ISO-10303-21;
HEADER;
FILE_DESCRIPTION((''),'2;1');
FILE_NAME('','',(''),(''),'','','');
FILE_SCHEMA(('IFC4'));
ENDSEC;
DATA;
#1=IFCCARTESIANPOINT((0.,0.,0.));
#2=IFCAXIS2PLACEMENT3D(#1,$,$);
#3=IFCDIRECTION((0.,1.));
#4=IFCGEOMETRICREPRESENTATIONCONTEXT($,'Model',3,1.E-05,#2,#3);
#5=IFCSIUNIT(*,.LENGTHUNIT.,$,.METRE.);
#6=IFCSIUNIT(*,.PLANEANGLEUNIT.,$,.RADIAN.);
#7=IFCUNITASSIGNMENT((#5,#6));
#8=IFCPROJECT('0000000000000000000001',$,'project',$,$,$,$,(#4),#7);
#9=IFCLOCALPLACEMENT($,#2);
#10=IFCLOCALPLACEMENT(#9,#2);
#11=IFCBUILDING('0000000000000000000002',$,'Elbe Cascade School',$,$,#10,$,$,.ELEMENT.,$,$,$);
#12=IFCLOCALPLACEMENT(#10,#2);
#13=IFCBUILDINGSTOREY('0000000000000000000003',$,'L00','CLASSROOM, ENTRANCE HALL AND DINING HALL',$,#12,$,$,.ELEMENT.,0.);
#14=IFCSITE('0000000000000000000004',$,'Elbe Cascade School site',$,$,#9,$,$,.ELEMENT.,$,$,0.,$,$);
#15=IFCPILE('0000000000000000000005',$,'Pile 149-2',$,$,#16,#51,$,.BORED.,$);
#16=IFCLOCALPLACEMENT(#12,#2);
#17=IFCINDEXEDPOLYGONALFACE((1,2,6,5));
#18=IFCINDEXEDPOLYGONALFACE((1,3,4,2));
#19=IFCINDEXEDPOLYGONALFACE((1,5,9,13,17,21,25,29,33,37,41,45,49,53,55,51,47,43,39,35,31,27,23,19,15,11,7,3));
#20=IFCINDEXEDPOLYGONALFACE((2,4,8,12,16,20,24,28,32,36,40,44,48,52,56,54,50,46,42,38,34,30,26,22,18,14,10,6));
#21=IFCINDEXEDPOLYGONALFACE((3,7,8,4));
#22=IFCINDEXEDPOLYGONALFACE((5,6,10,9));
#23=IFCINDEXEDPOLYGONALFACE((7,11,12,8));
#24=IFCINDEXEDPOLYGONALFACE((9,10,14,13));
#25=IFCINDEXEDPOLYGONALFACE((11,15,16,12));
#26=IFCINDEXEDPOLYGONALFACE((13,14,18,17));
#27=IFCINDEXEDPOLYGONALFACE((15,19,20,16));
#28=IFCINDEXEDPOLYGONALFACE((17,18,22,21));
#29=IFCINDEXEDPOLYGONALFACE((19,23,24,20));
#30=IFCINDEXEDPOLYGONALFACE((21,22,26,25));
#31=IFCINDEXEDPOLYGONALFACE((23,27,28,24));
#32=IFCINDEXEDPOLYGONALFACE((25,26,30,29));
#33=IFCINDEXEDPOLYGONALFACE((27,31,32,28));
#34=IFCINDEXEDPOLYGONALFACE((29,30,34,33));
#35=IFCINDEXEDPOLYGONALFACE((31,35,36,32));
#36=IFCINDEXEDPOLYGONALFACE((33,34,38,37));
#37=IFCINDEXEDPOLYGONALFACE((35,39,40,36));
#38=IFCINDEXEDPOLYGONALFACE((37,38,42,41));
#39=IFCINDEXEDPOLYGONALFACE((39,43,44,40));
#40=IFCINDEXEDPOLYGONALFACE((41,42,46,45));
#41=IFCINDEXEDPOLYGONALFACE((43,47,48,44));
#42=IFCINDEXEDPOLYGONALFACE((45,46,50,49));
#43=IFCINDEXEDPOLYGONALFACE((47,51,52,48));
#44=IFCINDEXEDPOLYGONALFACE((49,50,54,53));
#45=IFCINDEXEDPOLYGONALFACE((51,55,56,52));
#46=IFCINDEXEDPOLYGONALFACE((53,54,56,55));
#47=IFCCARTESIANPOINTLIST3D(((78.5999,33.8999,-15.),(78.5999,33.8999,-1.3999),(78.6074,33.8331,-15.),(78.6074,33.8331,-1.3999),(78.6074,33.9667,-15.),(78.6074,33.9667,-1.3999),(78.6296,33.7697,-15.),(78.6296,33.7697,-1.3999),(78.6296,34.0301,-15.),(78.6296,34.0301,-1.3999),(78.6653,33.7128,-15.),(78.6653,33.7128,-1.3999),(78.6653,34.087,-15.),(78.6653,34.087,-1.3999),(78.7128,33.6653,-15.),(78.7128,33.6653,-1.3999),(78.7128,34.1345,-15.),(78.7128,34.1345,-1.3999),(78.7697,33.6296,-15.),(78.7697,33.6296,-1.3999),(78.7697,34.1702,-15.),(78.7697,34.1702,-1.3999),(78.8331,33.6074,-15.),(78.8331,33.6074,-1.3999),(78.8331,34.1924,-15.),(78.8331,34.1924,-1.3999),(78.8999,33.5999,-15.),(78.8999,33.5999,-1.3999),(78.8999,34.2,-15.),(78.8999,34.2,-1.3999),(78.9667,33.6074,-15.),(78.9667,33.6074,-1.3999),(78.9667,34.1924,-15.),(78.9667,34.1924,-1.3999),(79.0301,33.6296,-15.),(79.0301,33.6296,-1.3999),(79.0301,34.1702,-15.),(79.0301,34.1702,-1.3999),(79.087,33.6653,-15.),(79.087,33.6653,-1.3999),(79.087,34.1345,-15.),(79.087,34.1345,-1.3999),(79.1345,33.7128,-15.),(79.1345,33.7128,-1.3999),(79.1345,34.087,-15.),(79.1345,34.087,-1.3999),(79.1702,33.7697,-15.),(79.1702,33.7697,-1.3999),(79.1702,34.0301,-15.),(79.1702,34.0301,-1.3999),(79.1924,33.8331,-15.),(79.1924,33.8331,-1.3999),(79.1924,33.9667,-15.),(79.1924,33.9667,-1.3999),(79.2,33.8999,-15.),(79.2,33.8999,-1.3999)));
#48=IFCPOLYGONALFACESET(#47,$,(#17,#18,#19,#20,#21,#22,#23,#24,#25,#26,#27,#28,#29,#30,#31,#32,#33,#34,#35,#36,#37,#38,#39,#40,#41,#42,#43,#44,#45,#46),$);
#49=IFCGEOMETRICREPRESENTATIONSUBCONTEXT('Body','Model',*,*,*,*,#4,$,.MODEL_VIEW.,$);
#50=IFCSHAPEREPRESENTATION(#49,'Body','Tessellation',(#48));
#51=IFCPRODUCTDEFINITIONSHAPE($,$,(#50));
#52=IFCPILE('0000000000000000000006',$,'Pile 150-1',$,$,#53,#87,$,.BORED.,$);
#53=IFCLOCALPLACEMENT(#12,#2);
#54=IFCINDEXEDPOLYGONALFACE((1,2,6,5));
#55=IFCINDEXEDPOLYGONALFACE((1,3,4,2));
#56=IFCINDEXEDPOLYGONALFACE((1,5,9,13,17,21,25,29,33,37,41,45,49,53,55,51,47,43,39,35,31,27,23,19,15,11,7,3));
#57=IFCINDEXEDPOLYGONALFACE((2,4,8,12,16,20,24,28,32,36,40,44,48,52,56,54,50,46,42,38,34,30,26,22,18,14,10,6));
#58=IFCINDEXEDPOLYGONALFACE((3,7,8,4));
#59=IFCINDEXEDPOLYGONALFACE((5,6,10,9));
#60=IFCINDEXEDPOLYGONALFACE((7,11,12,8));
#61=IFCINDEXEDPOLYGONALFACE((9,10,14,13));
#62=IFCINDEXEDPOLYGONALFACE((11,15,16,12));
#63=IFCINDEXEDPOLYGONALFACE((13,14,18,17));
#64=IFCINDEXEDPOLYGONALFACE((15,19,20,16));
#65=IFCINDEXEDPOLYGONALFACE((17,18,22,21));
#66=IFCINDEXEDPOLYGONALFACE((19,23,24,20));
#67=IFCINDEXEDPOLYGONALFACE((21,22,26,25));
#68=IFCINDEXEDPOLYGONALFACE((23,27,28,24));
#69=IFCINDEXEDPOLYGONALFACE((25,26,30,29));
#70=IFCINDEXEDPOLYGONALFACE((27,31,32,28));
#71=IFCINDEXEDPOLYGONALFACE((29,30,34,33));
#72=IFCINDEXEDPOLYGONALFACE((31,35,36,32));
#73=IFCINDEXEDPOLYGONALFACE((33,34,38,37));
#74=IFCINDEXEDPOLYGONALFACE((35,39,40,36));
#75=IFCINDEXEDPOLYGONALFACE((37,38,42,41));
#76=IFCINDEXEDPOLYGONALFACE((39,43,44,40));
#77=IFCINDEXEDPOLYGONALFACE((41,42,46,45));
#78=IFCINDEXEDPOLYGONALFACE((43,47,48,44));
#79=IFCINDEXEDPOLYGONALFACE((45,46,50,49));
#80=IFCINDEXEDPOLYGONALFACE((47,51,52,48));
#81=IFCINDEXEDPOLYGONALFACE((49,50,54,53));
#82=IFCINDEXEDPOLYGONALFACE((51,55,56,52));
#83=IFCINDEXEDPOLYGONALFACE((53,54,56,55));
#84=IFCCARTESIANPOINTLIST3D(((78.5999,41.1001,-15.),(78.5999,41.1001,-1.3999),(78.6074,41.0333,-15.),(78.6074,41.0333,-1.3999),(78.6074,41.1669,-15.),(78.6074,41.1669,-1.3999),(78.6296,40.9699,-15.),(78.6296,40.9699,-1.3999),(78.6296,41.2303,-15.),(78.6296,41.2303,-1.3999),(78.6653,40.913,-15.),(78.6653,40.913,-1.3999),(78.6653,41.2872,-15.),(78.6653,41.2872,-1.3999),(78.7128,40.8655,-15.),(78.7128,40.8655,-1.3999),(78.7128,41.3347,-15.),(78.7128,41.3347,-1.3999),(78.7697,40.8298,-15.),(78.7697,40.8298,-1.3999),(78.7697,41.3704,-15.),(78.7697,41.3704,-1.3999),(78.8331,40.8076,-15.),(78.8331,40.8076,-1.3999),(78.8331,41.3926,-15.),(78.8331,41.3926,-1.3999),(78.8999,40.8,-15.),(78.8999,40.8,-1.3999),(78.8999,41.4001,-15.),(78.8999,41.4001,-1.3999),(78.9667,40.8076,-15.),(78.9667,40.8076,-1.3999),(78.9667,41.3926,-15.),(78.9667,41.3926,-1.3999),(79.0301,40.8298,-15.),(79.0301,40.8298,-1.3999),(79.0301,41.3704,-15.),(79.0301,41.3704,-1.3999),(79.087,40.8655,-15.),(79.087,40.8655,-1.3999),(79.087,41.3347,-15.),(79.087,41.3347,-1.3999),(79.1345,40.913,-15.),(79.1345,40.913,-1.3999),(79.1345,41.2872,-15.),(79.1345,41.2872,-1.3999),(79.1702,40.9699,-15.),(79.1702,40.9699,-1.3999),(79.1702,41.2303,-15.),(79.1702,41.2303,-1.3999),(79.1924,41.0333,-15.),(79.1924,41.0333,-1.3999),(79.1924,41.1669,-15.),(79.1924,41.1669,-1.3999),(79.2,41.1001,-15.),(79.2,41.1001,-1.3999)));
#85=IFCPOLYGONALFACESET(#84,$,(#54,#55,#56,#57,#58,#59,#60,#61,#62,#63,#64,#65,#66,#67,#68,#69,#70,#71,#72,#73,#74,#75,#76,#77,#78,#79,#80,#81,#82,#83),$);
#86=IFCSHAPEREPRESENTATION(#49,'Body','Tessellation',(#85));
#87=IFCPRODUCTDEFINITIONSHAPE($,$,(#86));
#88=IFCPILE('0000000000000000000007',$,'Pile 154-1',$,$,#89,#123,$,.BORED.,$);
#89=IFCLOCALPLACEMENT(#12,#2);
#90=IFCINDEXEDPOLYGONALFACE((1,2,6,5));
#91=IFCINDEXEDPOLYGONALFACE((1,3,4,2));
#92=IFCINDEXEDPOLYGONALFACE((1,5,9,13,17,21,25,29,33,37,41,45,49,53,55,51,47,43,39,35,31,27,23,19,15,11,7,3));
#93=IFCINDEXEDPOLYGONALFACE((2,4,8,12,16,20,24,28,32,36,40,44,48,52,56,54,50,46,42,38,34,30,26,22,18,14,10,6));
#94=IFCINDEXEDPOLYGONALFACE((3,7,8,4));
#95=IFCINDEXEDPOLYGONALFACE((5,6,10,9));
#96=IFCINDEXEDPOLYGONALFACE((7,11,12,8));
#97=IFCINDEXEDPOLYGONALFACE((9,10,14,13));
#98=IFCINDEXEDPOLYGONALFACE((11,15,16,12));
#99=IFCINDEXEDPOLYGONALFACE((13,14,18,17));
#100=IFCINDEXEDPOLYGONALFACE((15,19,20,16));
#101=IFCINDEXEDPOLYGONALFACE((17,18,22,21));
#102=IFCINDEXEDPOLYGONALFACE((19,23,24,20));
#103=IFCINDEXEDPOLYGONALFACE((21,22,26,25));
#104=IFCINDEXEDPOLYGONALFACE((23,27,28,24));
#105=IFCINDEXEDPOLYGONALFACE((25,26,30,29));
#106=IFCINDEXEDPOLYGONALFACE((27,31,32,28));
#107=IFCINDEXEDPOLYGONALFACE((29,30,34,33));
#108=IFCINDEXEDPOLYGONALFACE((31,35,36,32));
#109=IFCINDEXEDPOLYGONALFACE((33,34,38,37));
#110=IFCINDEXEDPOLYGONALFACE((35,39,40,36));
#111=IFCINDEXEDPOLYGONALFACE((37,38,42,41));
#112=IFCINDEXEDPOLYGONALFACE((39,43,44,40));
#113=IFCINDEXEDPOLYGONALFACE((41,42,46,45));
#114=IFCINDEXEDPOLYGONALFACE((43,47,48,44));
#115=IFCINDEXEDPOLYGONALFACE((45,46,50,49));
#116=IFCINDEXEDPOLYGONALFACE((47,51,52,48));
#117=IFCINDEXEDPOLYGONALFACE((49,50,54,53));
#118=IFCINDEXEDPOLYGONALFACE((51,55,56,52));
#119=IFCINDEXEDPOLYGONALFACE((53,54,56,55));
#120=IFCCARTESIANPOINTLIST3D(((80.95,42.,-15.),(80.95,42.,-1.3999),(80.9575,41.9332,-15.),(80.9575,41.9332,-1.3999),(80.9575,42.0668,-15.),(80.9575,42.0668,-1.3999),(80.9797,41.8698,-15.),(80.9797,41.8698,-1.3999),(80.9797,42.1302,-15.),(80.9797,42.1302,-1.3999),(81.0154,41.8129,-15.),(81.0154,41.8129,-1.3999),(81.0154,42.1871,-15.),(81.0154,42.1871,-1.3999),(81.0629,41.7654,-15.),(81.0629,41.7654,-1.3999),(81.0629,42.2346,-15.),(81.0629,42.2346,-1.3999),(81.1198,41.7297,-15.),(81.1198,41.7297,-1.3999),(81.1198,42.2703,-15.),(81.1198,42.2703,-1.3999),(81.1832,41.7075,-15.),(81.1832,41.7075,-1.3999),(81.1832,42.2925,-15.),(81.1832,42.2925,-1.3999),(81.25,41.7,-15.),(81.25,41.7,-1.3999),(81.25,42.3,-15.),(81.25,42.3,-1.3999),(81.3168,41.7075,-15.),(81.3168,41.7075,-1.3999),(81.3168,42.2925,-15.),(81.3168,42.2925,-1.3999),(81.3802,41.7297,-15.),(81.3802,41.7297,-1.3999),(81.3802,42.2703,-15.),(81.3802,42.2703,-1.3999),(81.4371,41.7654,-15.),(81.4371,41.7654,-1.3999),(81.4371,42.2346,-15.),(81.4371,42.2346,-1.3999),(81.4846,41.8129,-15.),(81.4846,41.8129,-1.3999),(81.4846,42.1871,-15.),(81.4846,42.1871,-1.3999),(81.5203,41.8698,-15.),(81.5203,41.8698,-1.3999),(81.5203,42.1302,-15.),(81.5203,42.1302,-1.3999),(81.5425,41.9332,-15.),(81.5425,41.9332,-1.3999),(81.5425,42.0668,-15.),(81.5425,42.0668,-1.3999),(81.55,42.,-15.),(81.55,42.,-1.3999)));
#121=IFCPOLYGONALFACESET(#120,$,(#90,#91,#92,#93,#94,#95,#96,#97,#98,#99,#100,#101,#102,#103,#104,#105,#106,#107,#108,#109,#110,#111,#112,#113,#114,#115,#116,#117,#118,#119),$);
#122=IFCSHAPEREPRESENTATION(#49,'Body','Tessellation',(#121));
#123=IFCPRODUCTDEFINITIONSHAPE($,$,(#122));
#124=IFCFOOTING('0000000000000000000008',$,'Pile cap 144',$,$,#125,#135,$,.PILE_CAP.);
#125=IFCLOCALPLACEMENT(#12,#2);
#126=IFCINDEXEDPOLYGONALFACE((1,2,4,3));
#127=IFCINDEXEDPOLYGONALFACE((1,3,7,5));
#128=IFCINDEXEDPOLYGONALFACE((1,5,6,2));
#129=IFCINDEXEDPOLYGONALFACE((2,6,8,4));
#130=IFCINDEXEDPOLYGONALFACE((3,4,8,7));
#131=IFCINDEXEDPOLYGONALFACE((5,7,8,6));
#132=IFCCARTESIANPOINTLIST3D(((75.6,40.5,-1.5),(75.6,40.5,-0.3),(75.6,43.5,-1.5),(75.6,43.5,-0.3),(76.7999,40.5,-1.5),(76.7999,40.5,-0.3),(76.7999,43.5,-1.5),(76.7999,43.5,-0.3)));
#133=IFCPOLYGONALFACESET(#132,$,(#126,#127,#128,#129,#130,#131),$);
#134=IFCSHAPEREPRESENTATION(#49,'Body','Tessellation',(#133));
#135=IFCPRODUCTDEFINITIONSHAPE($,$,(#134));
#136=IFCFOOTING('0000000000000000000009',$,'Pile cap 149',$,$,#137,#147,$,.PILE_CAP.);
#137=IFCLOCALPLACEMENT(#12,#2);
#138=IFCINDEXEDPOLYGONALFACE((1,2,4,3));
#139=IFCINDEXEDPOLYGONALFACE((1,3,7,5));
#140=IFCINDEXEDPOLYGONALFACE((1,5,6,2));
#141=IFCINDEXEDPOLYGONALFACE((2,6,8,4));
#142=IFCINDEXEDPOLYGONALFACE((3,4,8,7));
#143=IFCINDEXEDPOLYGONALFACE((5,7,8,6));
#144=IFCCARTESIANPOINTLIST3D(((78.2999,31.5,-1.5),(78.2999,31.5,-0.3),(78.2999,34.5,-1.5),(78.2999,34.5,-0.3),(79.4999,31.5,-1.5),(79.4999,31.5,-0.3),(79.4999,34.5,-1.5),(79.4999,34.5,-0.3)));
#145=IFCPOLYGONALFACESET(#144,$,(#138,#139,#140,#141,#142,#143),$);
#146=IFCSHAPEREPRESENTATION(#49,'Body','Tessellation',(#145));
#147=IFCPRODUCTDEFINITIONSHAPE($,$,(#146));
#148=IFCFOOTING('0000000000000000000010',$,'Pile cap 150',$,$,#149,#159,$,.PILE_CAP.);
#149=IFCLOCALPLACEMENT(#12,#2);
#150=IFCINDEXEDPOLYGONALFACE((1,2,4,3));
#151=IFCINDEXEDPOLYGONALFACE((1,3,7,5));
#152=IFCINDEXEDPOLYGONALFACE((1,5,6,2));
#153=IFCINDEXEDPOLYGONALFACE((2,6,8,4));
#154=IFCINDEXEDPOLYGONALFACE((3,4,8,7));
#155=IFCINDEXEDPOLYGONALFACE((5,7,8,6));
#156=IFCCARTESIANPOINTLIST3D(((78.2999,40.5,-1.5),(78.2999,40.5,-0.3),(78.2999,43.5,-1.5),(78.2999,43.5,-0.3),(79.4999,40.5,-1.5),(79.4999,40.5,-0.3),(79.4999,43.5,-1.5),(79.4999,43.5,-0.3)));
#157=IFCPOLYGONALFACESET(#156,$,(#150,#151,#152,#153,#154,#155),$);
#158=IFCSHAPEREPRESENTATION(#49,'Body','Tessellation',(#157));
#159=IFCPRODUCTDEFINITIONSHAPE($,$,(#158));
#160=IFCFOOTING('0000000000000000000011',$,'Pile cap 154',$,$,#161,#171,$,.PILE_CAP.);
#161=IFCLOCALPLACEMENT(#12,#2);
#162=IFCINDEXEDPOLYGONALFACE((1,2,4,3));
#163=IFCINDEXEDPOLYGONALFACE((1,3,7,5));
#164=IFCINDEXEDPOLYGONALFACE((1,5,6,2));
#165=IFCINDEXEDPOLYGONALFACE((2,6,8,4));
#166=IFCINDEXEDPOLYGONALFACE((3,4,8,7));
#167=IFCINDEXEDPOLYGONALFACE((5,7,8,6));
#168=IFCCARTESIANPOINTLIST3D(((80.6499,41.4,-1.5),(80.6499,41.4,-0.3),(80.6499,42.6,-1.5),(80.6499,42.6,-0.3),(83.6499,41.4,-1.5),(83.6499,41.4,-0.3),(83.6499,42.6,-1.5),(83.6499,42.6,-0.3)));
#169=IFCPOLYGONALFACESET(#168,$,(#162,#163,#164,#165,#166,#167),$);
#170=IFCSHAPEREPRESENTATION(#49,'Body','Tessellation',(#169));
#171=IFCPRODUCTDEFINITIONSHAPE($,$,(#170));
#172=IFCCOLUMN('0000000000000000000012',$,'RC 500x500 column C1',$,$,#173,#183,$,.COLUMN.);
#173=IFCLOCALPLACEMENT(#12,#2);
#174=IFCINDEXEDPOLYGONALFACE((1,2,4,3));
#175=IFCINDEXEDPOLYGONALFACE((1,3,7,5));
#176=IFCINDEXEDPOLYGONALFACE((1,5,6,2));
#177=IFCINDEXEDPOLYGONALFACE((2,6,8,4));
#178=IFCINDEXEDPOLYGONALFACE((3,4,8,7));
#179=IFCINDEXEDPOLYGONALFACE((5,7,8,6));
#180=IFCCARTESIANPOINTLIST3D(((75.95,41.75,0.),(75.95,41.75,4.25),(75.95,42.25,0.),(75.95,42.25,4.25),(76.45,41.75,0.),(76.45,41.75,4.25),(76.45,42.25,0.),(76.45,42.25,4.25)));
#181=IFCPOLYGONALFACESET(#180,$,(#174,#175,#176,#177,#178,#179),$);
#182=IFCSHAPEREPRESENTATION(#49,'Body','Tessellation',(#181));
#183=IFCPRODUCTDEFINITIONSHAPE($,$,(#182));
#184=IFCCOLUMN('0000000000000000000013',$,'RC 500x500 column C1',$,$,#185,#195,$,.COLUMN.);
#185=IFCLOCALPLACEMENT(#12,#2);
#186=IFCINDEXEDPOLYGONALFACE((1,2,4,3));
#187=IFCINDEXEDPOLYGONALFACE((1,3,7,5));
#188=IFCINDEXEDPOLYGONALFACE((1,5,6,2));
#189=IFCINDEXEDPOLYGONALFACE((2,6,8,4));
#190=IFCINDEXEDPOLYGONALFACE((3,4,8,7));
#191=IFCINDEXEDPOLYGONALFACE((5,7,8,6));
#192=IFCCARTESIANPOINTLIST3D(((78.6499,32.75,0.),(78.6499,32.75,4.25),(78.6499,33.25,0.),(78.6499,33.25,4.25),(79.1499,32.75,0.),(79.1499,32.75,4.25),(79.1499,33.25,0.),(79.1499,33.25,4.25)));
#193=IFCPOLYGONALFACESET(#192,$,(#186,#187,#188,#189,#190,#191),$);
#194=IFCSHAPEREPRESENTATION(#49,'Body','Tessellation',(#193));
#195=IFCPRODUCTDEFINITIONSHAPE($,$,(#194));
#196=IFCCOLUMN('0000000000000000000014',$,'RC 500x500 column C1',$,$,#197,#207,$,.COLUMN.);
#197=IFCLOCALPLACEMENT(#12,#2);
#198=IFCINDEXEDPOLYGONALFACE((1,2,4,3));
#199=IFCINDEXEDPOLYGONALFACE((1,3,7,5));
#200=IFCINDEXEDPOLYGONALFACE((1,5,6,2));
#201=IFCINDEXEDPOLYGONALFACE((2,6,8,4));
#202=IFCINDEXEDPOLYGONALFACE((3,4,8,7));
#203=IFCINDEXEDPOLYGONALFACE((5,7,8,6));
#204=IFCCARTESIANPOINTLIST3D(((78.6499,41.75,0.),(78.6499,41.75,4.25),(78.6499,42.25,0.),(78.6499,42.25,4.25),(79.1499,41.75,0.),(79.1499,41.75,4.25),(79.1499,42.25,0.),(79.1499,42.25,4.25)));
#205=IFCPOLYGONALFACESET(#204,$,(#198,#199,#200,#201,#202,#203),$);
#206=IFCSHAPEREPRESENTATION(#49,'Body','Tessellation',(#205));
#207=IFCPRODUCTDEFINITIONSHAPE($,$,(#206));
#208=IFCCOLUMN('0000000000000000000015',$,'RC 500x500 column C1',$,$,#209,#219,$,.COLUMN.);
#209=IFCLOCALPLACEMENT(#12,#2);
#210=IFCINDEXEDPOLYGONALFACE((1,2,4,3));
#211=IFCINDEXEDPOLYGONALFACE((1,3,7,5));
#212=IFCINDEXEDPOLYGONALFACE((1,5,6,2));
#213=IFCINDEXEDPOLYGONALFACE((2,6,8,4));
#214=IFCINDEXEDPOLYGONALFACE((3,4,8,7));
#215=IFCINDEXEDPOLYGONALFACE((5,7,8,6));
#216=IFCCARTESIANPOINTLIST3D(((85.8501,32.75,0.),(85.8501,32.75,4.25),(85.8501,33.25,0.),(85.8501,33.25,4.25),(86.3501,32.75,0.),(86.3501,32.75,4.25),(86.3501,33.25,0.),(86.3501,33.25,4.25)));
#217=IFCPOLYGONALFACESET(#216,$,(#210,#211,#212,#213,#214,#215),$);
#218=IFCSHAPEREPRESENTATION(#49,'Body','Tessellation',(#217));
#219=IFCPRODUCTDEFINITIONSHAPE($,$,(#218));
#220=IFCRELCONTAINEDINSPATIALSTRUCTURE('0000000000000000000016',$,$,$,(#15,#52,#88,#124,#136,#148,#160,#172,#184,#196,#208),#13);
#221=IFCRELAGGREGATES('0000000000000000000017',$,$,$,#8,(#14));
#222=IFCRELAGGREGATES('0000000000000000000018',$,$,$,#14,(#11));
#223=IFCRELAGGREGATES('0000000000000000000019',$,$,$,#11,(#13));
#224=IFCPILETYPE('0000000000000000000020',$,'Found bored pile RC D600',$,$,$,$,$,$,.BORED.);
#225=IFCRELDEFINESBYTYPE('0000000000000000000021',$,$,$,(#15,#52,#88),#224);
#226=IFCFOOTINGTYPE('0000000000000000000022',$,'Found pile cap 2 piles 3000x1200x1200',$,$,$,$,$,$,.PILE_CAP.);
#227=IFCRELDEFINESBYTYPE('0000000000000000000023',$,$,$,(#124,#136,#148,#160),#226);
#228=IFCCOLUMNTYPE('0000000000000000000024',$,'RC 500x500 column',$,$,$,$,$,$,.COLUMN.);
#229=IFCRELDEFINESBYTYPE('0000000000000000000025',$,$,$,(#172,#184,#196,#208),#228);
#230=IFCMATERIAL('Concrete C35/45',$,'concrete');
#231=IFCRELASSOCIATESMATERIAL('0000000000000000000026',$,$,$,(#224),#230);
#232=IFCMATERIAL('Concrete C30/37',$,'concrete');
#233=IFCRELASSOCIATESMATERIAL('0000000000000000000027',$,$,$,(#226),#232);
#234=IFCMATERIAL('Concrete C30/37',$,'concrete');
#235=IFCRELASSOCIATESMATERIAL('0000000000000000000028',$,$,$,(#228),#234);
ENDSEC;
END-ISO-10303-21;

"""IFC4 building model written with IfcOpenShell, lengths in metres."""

from ifc_helpers import new_model, si_unit, direction, frame, origin, origin_2d, place, context, subcontext, project, spatial, rectangle, circle, extrude, material, material_profile, profile_set, type_object, element, save


model = new_model("IFC4")

# Units and contexts
model_context = context("Model", 3, precision=1e-05, world=origin(), true_north=direction((0.0, 1.0)))
body_context = subcontext(model_context, "Body", "Model", "MODEL_VIEW")
ifc_project = project(units=[si_unit("LENGTHUNIT", "METRE"), si_unit("PLANEANGLEUNIT", "RADIAN")], contexts=[model_context])

# Site, building, storey
site_placement = place(None, origin())
site = spatial("IfcSite", under=ifc_project, at=site_placement, Name="Elbe Cascade School site", CompositionType="ELEMENT", RefElevation=0.0)
building_placement = place(site_placement, origin())
building = spatial("IfcBuilding", under=site, at=building_placement, Name="Elbe Cascade School", CompositionType="ELEMENT")
storey_placement = place(building_placement, origin())
storey = spatial("IfcBuildingStorey", under=building, at=storey_placement, Name="L00", Description="CLASSROOM, ENTRANCE HALL AND DINING HALL", CompositionType="ELEMENT", Elevation=0.0)

# Piles
ifc_material_1 = material(Name="Concrete C35/45", Category="concrete")
ifc_material_profile_1 = material_profile(ifc_material_1, circle(Radius=0.3, at=origin_2d()), Name="RC D600")
ifc_profile_set_1 = profile_set([ifc_material_profile_1], Name="Concrete C35/45")
pile_type = type_object("IfcPileType", Name="Found bored pile RC D600", PredefinedType="BORED", material=ifc_profile_set_1)
for number, where, z_axis, x_axis, name in (
    (1, (78.8999, 33.8999, -1.3999), (0.0, 0.0, -1.0), (1.0, 0.0, 0.0), "Pile 149-2"),
    (2, (78.8999, 41.1001, -1.3999), (0.0, 0.0, -1.0), (1.0, 0.0, 0.0), "Pile 150-1"),
    (3, (81.25, 42.0, -1.3999), (0.0, 0.0, -1.0), (1.0, 0.0, 0.0), "Pile 154-1"),
):
    element("IfcPile", number, at=place(storey_placement, frame(where, z_axis=z_axis, x_axis=x_axis)), inside=storey, type_object=pile_type, Name=name, PredefinedType="BORED", context=body_context, shape_type="SweptSolid", body=[
        extrude(circle(Radius=0.3, at=origin_2d()), origin(), (0.0, 0.0, 1.0), 13.6001),
    ])

# Footings
ifc_material_2 = material(Name="Concrete C30/37", Category="concrete")
footing_type = type_object("IfcFootingType", Name="Found pile cap 2 piles 3000x1200x1200", PredefinedType="PILE_CAP", material=ifc_material_2)
for number, where, z_axis, x_axis, name in (
    (4, (76.2, 42.0, -1.5), (0.0, 0.0, 1.0), (1.0, 0.0, 0.0), "Pile cap 144"),
    (5, (78.8999, 33.0, -1.5), (0.0, 0.0, 1.0), (1.0, 0.0, 0.0), "Pile cap 149"),
    (6, (78.8999, 42.0, -1.5), (0.0, 0.0, 1.0), (1.0, 0.0, 0.0), "Pile cap 150"),
):
    element("IfcFooting", number, at=place(storey_placement, frame(where, z_axis=z_axis, x_axis=x_axis)), inside=storey, type_object=footing_type, Name=name, PredefinedType="PILE_CAP", context=body_context, shape_type="SweptSolid", body=[
        extrude(rectangle(XDim=1.2, YDim=3.0, at=origin_2d()), origin(), (0.0, 0.0, 1.0), 1.2),
    ])
footing_placement = place(storey_placement, frame((82.1499, 42.0, -1.5), z_axis=(0.0, 0.0, 1.0), x_axis=(1.0, 0.0, 0.0)))
element("IfcFooting", 7, at=footing_placement, inside=storey, type_object=footing_type, Name="Pile cap 154", PredefinedType="PILE_CAP", context=body_context, shape_type="SweptSolid", body=[
    extrude(rectangle(XDim=3.0, YDim=1.2, at=origin_2d()), origin(), (0.0, 0.0, 1.0), 1.2),
])

# Columns
ifc_material_3 = material(Name="Concrete C30/37", Category="concrete")
ifc_material_profile_2 = material_profile(ifc_material_3, rectangle(XDim=0.5, YDim=0.5, at=origin_2d()), Name="RC 500x500")
ifc_profile_set_2 = profile_set([ifc_material_profile_2], Name="Concrete C30/37")
column_type = type_object("IfcColumnType", Name="RC 500x500 column", PredefinedType="COLUMN", material=ifc_profile_set_2)
for number, where, z_axis, x_axis, name in (
    (8, (76.2, 42.0, 0.0), (0.0, 0.0, 1.0), (1.0, 0.0, 0.0), "RC 500x500 column C1"),
    (9, (78.8999, 33.0, 0.0), (0.0, 0.0, 1.0), (1.0, 0.0, 0.0), "RC 500x500 column C1"),
    (10, (78.8999, 42.0, 0.0), (0.0, 0.0, 1.0), (1.0, 0.0, 0.0), "RC 500x500 column C1"),
    (11, (86.1001, 33.0, 0.0), (0.0, 0.0, 1.0), (1.0, 0.0, 0.0), "RC 500x500 column C1"),
):
    element("IfcColumn", number, at=place(storey_placement, frame(where, z_axis=z_axis, x_axis=x_axis)), inside=storey, type_object=column_type, Name=name, PredefinedType="COLUMN", context=body_context, shape_type="SweptSolid", body=[
        extrude(rectangle(XDim=0.5, YDim=0.5, at=origin_2d()), origin(), (0.0, 0.0, 1.0), 4.25),
    ])

save(model, "model.ifc")
